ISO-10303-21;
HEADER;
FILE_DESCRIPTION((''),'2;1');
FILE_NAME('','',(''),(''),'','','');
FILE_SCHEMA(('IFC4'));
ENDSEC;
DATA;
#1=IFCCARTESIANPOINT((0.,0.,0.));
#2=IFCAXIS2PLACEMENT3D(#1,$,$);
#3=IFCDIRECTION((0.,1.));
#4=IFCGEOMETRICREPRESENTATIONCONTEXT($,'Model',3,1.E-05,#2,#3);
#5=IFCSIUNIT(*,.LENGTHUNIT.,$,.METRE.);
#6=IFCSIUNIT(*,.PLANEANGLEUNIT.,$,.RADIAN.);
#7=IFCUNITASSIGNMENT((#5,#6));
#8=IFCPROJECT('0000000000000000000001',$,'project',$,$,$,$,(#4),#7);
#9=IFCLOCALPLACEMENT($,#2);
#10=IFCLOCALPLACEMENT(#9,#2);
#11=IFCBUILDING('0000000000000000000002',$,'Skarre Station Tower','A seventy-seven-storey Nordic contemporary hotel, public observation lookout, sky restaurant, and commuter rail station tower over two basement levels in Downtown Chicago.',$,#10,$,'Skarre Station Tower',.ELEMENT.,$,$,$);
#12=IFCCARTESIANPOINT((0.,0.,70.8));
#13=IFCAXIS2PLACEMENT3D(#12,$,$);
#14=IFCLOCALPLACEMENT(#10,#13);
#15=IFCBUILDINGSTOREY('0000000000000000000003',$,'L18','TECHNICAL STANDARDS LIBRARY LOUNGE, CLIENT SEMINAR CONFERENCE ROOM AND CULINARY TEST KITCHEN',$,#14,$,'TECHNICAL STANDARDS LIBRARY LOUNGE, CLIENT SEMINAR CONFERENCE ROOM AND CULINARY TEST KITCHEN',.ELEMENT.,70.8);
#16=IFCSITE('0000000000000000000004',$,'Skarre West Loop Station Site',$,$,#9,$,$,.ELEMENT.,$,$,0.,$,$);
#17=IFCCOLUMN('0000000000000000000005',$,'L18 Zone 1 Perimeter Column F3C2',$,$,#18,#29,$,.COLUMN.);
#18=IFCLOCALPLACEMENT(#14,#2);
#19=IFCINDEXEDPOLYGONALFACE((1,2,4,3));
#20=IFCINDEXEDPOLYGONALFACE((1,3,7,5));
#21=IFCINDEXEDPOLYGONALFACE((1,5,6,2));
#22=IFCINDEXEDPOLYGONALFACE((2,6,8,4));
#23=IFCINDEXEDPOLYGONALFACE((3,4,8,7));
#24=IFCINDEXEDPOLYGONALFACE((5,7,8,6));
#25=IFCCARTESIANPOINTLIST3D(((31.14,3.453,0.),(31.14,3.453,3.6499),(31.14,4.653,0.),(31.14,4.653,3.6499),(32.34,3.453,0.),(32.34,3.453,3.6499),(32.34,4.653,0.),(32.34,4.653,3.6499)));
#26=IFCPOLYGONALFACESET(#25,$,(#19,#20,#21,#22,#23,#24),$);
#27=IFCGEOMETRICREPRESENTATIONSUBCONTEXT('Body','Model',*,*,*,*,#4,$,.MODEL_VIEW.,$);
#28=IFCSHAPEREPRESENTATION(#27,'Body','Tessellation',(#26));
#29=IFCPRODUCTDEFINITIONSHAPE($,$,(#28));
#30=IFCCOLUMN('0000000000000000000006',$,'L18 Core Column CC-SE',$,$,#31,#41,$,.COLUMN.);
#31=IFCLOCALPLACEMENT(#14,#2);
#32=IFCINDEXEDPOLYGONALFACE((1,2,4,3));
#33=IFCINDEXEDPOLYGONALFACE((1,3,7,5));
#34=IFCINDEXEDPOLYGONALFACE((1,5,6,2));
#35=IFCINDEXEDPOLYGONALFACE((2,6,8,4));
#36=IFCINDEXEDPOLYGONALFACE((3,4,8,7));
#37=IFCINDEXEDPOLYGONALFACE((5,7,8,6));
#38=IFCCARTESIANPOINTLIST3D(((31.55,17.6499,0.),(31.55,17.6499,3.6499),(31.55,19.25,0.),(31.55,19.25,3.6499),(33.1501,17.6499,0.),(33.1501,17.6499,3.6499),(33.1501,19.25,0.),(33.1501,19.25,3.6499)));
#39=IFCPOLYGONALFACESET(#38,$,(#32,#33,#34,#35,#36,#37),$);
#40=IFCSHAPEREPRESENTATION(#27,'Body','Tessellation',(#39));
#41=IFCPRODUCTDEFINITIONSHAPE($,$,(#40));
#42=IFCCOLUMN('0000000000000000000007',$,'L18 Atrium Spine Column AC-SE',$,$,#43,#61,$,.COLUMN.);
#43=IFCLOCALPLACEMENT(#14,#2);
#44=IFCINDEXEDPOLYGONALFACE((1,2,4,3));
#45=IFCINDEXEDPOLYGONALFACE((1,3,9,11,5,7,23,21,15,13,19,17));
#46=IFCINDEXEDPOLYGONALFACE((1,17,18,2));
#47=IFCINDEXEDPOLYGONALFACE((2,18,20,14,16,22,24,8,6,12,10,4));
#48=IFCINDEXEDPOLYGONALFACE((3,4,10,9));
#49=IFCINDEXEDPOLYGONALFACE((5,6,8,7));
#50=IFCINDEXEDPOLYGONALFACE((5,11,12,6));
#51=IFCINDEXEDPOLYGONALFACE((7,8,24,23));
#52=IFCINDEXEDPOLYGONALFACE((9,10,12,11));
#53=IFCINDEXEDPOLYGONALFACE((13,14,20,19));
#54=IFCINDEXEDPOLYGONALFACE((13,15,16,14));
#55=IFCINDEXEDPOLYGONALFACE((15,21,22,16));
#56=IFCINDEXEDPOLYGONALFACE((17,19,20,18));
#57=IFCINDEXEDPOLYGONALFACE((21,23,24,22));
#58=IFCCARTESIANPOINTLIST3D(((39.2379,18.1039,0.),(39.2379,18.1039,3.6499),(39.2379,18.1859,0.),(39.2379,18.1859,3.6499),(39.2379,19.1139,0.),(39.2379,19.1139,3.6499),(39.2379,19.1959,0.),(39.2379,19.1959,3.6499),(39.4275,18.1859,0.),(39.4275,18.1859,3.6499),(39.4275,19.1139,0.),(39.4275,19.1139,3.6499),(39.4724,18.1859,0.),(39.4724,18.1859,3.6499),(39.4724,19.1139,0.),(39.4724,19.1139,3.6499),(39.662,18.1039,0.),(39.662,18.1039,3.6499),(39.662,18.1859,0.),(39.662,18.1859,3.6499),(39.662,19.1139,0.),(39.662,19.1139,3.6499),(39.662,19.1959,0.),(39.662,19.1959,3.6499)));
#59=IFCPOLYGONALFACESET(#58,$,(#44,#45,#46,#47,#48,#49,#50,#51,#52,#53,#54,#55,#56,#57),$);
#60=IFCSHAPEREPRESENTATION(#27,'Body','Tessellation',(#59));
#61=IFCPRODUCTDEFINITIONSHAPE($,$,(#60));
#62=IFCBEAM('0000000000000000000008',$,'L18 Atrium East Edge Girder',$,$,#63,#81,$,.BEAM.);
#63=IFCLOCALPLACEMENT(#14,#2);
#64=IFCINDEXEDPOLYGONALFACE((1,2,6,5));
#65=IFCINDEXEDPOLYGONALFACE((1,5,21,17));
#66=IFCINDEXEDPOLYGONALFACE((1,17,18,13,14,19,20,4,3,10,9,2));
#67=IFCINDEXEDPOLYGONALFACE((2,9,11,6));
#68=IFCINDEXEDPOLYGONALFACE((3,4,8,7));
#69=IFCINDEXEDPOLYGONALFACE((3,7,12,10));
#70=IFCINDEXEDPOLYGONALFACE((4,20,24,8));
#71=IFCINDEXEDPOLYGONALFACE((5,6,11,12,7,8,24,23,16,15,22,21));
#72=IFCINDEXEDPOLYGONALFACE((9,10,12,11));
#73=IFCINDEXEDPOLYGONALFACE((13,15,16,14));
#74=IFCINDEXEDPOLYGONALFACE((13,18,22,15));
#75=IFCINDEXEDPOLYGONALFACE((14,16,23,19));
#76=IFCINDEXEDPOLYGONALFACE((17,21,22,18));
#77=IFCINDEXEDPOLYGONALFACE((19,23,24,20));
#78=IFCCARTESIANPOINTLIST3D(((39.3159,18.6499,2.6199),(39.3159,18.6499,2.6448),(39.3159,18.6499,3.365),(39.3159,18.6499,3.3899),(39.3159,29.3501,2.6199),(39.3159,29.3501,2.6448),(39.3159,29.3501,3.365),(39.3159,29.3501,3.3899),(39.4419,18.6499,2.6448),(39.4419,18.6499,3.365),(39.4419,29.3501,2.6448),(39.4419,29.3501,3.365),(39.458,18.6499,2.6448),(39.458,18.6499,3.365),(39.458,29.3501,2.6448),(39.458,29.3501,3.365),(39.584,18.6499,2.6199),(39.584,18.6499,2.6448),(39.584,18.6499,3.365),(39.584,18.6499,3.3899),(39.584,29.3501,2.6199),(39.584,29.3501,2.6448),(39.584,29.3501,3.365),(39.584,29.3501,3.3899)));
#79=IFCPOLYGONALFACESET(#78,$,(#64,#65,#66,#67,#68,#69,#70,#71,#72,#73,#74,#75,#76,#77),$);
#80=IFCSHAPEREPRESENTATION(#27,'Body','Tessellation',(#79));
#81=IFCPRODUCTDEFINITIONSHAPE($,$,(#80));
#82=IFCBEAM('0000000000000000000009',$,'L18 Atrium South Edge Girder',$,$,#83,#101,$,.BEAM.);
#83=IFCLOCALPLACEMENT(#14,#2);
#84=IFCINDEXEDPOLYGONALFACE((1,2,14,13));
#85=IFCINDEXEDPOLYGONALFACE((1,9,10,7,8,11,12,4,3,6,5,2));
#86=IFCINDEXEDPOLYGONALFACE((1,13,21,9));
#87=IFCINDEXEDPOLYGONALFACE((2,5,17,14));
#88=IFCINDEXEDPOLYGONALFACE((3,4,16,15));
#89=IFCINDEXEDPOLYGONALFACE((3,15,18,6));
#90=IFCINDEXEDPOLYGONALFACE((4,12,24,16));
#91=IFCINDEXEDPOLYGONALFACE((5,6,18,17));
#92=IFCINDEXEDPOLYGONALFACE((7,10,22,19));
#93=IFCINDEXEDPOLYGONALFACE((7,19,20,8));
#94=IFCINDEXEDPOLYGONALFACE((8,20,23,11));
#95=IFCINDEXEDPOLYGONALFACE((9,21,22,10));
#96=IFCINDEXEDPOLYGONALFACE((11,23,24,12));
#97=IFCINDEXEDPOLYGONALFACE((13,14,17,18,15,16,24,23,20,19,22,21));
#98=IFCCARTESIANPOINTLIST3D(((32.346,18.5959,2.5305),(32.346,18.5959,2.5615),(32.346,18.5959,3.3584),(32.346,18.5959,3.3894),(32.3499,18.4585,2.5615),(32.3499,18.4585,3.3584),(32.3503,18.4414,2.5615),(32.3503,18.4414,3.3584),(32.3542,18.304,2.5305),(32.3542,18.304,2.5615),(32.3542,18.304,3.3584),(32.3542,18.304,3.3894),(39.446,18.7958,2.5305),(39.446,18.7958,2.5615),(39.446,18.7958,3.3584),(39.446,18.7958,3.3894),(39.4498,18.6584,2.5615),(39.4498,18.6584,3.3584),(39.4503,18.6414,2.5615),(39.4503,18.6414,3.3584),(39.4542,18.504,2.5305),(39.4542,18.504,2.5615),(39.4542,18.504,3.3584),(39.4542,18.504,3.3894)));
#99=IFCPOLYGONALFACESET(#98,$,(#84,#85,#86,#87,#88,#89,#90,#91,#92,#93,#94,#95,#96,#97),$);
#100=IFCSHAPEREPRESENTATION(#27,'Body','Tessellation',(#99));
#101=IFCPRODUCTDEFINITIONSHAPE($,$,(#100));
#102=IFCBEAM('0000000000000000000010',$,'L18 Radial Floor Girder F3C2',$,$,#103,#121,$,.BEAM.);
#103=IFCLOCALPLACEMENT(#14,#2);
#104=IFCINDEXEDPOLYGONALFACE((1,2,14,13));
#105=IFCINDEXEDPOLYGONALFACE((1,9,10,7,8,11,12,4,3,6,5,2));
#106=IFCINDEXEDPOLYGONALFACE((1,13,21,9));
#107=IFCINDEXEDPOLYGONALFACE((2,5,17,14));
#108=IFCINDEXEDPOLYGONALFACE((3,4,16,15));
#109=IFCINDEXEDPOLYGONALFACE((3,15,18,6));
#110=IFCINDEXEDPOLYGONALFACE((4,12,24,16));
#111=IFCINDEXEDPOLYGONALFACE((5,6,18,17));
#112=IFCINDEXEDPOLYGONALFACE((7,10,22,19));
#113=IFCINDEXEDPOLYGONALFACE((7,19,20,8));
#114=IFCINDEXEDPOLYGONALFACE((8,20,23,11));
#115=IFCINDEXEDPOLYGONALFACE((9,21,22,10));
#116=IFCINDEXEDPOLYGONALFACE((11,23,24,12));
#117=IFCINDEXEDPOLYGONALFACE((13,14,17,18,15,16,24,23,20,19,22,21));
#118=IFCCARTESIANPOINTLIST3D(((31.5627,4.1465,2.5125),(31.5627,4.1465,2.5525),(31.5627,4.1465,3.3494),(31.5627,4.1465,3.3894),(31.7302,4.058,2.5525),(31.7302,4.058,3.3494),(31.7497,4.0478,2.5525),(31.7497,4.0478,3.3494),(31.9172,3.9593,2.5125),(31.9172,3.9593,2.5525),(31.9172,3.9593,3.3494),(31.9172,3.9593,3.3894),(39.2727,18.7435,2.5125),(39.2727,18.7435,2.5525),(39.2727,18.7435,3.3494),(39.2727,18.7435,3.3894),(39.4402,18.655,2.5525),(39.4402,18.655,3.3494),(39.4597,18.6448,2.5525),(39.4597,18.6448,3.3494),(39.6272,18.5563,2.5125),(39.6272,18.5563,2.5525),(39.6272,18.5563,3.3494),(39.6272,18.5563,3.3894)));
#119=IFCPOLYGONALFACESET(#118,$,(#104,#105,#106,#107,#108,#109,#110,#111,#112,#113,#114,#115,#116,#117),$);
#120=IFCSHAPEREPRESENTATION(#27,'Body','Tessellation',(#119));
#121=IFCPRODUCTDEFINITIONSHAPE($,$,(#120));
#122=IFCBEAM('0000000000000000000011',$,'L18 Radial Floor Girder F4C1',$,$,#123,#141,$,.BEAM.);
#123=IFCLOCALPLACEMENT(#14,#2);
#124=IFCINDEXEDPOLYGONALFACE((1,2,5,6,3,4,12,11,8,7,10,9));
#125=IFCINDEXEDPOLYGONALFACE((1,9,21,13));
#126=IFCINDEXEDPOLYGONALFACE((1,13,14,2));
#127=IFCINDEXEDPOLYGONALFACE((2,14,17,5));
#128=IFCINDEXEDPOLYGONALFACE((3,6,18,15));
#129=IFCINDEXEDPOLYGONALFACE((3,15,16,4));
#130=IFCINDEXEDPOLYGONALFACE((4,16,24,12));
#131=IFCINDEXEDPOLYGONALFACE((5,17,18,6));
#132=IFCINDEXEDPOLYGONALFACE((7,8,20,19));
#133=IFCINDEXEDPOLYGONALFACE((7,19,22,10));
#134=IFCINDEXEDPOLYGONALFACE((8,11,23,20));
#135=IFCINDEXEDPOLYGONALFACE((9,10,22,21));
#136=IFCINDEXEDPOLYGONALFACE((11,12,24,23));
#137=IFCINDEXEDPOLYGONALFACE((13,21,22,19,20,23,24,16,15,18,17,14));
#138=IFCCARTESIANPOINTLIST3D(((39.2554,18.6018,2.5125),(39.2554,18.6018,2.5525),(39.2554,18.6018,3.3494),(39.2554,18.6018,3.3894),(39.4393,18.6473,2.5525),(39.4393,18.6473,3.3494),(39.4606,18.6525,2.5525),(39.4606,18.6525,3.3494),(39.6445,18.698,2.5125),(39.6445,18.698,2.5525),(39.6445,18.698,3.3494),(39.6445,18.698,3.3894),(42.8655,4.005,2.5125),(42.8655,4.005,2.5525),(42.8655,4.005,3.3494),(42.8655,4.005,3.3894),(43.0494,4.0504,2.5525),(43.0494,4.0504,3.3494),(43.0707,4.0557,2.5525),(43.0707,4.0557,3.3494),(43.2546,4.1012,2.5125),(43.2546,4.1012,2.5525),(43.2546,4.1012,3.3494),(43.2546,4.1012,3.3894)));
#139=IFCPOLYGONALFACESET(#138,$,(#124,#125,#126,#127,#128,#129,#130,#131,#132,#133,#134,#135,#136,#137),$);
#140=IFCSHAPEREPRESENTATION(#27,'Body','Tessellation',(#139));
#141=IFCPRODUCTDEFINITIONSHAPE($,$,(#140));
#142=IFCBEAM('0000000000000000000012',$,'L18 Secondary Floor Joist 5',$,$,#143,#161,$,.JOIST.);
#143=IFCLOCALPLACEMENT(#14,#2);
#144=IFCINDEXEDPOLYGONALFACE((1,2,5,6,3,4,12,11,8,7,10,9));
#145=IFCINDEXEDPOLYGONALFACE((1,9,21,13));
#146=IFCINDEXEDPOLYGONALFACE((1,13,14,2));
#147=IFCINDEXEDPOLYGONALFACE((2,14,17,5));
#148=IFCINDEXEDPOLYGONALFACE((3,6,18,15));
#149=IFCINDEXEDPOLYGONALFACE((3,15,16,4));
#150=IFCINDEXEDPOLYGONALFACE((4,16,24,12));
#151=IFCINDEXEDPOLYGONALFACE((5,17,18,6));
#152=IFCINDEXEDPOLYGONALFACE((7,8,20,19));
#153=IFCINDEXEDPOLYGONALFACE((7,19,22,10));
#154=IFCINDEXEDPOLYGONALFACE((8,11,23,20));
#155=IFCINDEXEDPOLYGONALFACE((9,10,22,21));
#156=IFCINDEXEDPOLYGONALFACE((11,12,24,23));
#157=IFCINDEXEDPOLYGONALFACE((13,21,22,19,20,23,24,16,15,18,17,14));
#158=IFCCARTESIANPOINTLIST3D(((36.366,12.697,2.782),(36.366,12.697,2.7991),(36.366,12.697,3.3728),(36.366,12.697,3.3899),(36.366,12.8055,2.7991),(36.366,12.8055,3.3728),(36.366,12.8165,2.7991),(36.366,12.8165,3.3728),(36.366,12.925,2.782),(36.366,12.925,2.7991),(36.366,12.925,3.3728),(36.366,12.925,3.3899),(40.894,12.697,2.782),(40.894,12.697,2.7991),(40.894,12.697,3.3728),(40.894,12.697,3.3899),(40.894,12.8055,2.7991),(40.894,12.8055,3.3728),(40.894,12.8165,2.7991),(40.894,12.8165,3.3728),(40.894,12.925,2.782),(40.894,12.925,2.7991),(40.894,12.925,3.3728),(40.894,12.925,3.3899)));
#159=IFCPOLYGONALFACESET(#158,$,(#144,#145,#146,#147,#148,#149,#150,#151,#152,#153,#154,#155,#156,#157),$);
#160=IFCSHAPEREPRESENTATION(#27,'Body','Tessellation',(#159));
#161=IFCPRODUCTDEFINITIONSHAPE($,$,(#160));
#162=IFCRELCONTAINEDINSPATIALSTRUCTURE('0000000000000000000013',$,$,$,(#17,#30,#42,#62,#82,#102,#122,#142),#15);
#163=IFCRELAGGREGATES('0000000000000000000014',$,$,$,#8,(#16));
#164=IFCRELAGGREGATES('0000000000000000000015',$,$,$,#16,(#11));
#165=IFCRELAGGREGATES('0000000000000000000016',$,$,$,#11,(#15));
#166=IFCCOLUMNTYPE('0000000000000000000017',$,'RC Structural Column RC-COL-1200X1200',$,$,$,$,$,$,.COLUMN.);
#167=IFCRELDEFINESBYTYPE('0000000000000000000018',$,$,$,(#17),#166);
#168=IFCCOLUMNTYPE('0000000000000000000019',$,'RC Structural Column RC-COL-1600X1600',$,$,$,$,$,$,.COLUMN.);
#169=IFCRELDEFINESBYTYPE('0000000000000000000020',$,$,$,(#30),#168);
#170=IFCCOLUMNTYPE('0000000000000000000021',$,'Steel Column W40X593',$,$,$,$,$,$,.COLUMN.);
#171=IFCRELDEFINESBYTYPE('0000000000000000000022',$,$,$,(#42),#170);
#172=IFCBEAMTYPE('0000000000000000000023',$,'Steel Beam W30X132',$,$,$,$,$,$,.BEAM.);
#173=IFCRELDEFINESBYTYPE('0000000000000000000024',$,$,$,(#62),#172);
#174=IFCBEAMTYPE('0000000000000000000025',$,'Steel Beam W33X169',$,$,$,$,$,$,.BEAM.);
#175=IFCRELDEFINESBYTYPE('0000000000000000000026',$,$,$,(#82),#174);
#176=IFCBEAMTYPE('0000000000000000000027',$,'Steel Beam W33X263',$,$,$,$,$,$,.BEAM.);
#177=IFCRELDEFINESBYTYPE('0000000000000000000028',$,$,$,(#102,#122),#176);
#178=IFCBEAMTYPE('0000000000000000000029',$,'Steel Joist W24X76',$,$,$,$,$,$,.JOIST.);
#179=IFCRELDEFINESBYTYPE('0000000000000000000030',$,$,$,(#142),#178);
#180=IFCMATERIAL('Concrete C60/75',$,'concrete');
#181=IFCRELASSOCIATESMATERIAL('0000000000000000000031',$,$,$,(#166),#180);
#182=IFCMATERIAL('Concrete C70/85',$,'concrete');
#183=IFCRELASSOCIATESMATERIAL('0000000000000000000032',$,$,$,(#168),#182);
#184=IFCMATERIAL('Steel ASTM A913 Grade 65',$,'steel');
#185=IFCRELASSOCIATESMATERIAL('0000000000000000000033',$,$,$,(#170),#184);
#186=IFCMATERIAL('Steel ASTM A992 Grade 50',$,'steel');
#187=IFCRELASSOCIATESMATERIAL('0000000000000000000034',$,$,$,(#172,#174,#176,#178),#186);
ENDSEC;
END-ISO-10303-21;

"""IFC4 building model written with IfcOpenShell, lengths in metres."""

from ifc_helpers import new_model, si_unit, direction, frame, origin, origin_2d, place, context, subcontext, project, spatial, rectangle, i_section, extrude, material, material_profile, profile_set, type_object, element, save


model = new_model("IFC4")

# Units and contexts
model_context = context("Model", 3, precision=1e-05, world=origin(), true_north=direction((0.0, 1.0)))
body_context = subcontext(model_context, "Body", "Model", "MODEL_VIEW")
ifc_project = project(units=[si_unit("LENGTHUNIT", "METRE"), si_unit("PLANEANGLEUNIT", "RADIAN")], contexts=[model_context])

# Site, building, storey
site_placement = place(None, origin())
site = spatial("IfcSite", under=ifc_project, at=site_placement, Name="Skarre West Loop Station Site", CompositionType="ELEMENT", RefElevation=0.0)
building_placement = place(site_placement, origin())
building = spatial("IfcBuilding", under=site, at=building_placement, Name="Skarre Station Tower", Description="A seventy-seven-storey Nordic contemporary hotel, public observation lookout, sky restaurant, and commuter rail station tower over two basement levels in Downtown Chicago.", LongName="Skarre Station Tower", CompositionType="ELEMENT")
storey_placement = place(building_placement, frame((0.0, 0.0, 70.8)))
storey = spatial("IfcBuildingStorey", under=building, at=storey_placement, Name="L18", Description="TECHNICAL STANDARDS LIBRARY LOUNGE, CLIENT SEMINAR CONFERENCE ROOM AND CULINARY TEST KITCHEN", LongName="TECHNICAL STANDARDS LIBRARY LOUNGE, CLIENT SEMINAR CONFERENCE ROOM AND CULINARY TEST KITCHEN", CompositionType="ELEMENT", Elevation=70.8)

# Columns
ifc_material_1 = material(Name="Concrete C60/75", Category="concrete")
ifc_material_profile_1 = material_profile(ifc_material_1, rectangle(XDim=1.2, YDim=1.2, at=origin_2d()), Name="Concrete C60/75")
ifc_profile_set_1 = profile_set([ifc_material_profile_1], Name="Concrete C60/75")
column_type_1 = type_object("IfcColumnType", Name="RC Structural Column RC-COL-1200X1200", PredefinedType="COLUMN", material=ifc_profile_set_1)
column_1_placement = place(storey_placement, frame((31.74, 4.053, 0.0), z_axis=(0.0, 0.0, 1.0), x_axis=(1.0, 0.0, 0.0)))
element("IfcColumn", 1, at=column_1_placement, inside=storey, type_object=column_type_1, Name="L18 Zone 1 Perimeter Column F3C2", PredefinedType="COLUMN", context=body_context, shape_type="SweptSolid", body=[
    extrude(rectangle(XDim=1.2, YDim=1.2, at=origin_2d()), origin(), (0.0, 0.0, 1.0), 3.6499),
])
ifc_material_2 = material(Name="Concrete C70/85", Category="concrete")
ifc_material_profile_2 = material_profile(ifc_material_2, rectangle(XDim=1.6001, YDim=1.6001, at=origin_2d()), Name="Concrete C70/85")
ifc_profile_set_2 = profile_set([ifc_material_profile_2], Name="Concrete C70/85")
column_type_2 = type_object("IfcColumnType", Name="RC Structural Column RC-COL-1600X1600", PredefinedType="COLUMN", material=ifc_profile_set_2)
column_2_placement = place(storey_placement, frame((32.3501, 18.45, 0.0), z_axis=(0.0, 0.0, 1.0), x_axis=(1.0, 0.0, 0.0)))
element("IfcColumn", 2, at=column_2_placement, inside=storey, type_object=column_type_2, Name="L18 Core Column CC-SE", PredefinedType="COLUMN", context=body_context, shape_type="SweptSolid", body=[
    extrude(rectangle(XDim=1.6001, YDim=1.6001, at=origin_2d()), origin(), (0.0, 0.0, 1.0), 3.6499),
])
ifc_material_3 = material(Name="Steel ASTM A913 Grade 65", Category="steel")
ifc_material_profile_3 = material_profile(ifc_material_3, i_section(OverallWidth=0.4241, OverallDepth=1.092, WebThickness=0.0449, FlangeThickness=0.082, at=origin_2d()), Name="Steel ASTM A913 Grade 65")
ifc_profile_set_3 = profile_set([ifc_material_profile_3], Name="Steel ASTM A913 Grade 65")
column_type_3 = type_object("IfcColumnType", Name="Steel Column W40X593", PredefinedType="COLUMN", material=ifc_profile_set_3)
column_3_placement = place(storey_placement, frame((39.45, 18.6499, 0.0), z_axis=(0.0, 0.0, 1.0), x_axis=(1.0, 0.0, 0.0)))
element("IfcColumn", 3, at=column_3_placement, inside=storey, type_object=column_type_3, Name="L18 Atrium Spine Column AC-SE", PredefinedType="COLUMN", context=body_context, shape_type="SweptSolid", body=[
    extrude(i_section(OverallWidth=0.4241, OverallDepth=1.092, WebThickness=0.0449, FlangeThickness=0.082, at=origin_2d()), origin(), (0.0, 0.0, 1.0), 3.6499),
])

# Beams
ifc_material_4 = material(Name="Steel ASTM A992 Grade 50", Category="steel")
ifc_material_profile_4 = material_profile(ifc_material_4, i_section(OverallWidth=0.2681, OverallDepth=0.77, WebThickness=0.0161, FlangeThickness=0.0249, at=origin_2d()), Name="Steel ASTM A992 Grade 50")
ifc_profile_set_4 = profile_set([ifc_material_profile_4], Name="Steel ASTM A992 Grade 50")
beam_type_1 = type_object("IfcBeamType", Name="Steel Beam W30X132", PredefinedType="BEAM", material=ifc_profile_set_4)
beam_1_placement = place(storey_placement, frame((39.45, 18.6499, 3.0049), z_axis=(0.0, 1.0, 0.0), x_axis=(-1.0, 0.0, 0.0)))
element("IfcBeam", 4, at=beam_1_placement, inside=storey, type_object=beam_type_1, Name="L18 Atrium East Edge Girder", PredefinedType="BEAM", context=body_context, shape_type="SweptSolid", body=[
    extrude(i_section(OverallWidth=0.2681, OverallDepth=0.77, WebThickness=0.0161, FlangeThickness=0.0249, at=origin_2d()), origin(), (0.0, 0.0, 1.0), 10.7002),
])
ifc_material_profile_5 = material_profile(ifc_material_4, i_section(OverallWidth=0.292, OverallDepth=0.8589, WebThickness=0.0171, FlangeThickness=0.031, at=origin_2d()), Name="Steel ASTM A992 Grade 50")
ifc_profile_set_5 = profile_set([ifc_material_profile_5], Name="Steel ASTM A992 Grade 50")
beam_type_2 = type_object("IfcBeamType", Name="Steel Beam W33X169", PredefinedType="BEAM", material=ifc_profile_set_5)
beam_2_placement = place(storey_placement, frame((32.3501, 18.45, 2.96), z_axis=(0.999604, 0.028152, 0.0), x_axis=(-0.028152, 0.999604, 0.0)))
element("IfcBeam", 5, at=beam_2_placement, inside=storey, type_object=beam_type_2, Name="L18 Atrium South Edge Girder", PredefinedType="BEAM", context=body_context, shape_type="SweptSolid", body=[
    extrude(i_section(OverallWidth=0.292, OverallDepth=0.8589, WebThickness=0.0171, FlangeThickness=0.031, at=origin_2d()), origin(), (0.0, 0.0, 1.0), 7.1028),
])
ifc_material_profile_6 = material_profile(ifc_material_4, i_section(OverallWidth=0.4009, OverallDepth=0.877, WebThickness=0.022, FlangeThickness=0.04, at=origin_2d()), Name="Steel ASTM A992 Grade 50")
ifc_profile_set_6 = profile_set([ifc_material_profile_6], Name="Steel ASTM A992 Grade 50")
beam_type_3 = type_object("IfcBeamType", Name="Steel Beam W33X263", PredefinedType="BEAM", material=ifc_profile_set_6)
beam_3_placement = place(storey_placement, frame((39.45, 18.6499, 2.9509), z_axis=(-0.467044, -0.884234, 0.0), x_axis=(0.884234, -0.467044, 0.0)))
element("IfcBeam", 6, at=beam_3_placement, inside=storey, type_object=beam_type_3, Name="L18 Radial Floor Girder F3C2", PredefinedType="BEAM", context=body_context, shape_type="SweptSolid", body=[
    extrude(i_section(OverallWidth=0.4009, OverallDepth=0.877, WebThickness=0.022, FlangeThickness=0.04, at=origin_2d()), origin(), (0.0, 0.0, 1.0), 16.5081),
])
beam_4_placement = place(storey_placement, frame((39.45, 18.6499, 2.9509), z_axis=(0.240086, -0.970752, 0.0), x_axis=(0.970752, 0.240086, 0.0)))
element("IfcBeam", 7, at=beam_4_placement, inside=storey, type_object=beam_type_3, Name="L18 Radial Floor Girder F4C1", PredefinedType="BEAM", context=body_context, shape_type="SweptSolid", body=[
    extrude(i_section(OverallWidth=0.4009, OverallDepth=0.877, WebThickness=0.022, FlangeThickness=0.04, at=origin_2d()), origin(), (0.0, 0.0, 1.0), 15.0366),
])
ifc_material_profile_7 = material_profile(ifc_material_4, i_section(OverallWidth=0.228, OverallDepth=0.6079, WebThickness=0.011, FlangeThickness=0.0171, at=origin_2d()), Name="Steel ASTM A992 Grade 50")
ifc_profile_set_7 = profile_set([ifc_material_profile_7], Name="Steel ASTM A992 Grade 50")
beam_type_4 = type_object("IfcBeamType", Name="Steel Joist W24X76", PredefinedType="JOIST", material=ifc_profile_set_7)
beam_5_placement = place(storey_placement, frame((36.366, 12.811, 3.0859), z_axis=(1.0, 0.0, 0.0), x_axis=(0.0, 1.0, 0.0)))
element("IfcBeam", 8, at=beam_5_placement, inside=storey, type_object=beam_type_4, Name="L18 Secondary Floor Joist 5", PredefinedType="JOIST", context=body_context, shape_type="SweptSolid", body=[
    extrude(i_section(OverallWidth=0.228, OverallDepth=0.6079, WebThickness=0.011, FlangeThickness=0.0171, at=origin_2d()), origin(), (0.0, 0.0, 1.0), 4.5281),
])

save(model, "model.ifc")
